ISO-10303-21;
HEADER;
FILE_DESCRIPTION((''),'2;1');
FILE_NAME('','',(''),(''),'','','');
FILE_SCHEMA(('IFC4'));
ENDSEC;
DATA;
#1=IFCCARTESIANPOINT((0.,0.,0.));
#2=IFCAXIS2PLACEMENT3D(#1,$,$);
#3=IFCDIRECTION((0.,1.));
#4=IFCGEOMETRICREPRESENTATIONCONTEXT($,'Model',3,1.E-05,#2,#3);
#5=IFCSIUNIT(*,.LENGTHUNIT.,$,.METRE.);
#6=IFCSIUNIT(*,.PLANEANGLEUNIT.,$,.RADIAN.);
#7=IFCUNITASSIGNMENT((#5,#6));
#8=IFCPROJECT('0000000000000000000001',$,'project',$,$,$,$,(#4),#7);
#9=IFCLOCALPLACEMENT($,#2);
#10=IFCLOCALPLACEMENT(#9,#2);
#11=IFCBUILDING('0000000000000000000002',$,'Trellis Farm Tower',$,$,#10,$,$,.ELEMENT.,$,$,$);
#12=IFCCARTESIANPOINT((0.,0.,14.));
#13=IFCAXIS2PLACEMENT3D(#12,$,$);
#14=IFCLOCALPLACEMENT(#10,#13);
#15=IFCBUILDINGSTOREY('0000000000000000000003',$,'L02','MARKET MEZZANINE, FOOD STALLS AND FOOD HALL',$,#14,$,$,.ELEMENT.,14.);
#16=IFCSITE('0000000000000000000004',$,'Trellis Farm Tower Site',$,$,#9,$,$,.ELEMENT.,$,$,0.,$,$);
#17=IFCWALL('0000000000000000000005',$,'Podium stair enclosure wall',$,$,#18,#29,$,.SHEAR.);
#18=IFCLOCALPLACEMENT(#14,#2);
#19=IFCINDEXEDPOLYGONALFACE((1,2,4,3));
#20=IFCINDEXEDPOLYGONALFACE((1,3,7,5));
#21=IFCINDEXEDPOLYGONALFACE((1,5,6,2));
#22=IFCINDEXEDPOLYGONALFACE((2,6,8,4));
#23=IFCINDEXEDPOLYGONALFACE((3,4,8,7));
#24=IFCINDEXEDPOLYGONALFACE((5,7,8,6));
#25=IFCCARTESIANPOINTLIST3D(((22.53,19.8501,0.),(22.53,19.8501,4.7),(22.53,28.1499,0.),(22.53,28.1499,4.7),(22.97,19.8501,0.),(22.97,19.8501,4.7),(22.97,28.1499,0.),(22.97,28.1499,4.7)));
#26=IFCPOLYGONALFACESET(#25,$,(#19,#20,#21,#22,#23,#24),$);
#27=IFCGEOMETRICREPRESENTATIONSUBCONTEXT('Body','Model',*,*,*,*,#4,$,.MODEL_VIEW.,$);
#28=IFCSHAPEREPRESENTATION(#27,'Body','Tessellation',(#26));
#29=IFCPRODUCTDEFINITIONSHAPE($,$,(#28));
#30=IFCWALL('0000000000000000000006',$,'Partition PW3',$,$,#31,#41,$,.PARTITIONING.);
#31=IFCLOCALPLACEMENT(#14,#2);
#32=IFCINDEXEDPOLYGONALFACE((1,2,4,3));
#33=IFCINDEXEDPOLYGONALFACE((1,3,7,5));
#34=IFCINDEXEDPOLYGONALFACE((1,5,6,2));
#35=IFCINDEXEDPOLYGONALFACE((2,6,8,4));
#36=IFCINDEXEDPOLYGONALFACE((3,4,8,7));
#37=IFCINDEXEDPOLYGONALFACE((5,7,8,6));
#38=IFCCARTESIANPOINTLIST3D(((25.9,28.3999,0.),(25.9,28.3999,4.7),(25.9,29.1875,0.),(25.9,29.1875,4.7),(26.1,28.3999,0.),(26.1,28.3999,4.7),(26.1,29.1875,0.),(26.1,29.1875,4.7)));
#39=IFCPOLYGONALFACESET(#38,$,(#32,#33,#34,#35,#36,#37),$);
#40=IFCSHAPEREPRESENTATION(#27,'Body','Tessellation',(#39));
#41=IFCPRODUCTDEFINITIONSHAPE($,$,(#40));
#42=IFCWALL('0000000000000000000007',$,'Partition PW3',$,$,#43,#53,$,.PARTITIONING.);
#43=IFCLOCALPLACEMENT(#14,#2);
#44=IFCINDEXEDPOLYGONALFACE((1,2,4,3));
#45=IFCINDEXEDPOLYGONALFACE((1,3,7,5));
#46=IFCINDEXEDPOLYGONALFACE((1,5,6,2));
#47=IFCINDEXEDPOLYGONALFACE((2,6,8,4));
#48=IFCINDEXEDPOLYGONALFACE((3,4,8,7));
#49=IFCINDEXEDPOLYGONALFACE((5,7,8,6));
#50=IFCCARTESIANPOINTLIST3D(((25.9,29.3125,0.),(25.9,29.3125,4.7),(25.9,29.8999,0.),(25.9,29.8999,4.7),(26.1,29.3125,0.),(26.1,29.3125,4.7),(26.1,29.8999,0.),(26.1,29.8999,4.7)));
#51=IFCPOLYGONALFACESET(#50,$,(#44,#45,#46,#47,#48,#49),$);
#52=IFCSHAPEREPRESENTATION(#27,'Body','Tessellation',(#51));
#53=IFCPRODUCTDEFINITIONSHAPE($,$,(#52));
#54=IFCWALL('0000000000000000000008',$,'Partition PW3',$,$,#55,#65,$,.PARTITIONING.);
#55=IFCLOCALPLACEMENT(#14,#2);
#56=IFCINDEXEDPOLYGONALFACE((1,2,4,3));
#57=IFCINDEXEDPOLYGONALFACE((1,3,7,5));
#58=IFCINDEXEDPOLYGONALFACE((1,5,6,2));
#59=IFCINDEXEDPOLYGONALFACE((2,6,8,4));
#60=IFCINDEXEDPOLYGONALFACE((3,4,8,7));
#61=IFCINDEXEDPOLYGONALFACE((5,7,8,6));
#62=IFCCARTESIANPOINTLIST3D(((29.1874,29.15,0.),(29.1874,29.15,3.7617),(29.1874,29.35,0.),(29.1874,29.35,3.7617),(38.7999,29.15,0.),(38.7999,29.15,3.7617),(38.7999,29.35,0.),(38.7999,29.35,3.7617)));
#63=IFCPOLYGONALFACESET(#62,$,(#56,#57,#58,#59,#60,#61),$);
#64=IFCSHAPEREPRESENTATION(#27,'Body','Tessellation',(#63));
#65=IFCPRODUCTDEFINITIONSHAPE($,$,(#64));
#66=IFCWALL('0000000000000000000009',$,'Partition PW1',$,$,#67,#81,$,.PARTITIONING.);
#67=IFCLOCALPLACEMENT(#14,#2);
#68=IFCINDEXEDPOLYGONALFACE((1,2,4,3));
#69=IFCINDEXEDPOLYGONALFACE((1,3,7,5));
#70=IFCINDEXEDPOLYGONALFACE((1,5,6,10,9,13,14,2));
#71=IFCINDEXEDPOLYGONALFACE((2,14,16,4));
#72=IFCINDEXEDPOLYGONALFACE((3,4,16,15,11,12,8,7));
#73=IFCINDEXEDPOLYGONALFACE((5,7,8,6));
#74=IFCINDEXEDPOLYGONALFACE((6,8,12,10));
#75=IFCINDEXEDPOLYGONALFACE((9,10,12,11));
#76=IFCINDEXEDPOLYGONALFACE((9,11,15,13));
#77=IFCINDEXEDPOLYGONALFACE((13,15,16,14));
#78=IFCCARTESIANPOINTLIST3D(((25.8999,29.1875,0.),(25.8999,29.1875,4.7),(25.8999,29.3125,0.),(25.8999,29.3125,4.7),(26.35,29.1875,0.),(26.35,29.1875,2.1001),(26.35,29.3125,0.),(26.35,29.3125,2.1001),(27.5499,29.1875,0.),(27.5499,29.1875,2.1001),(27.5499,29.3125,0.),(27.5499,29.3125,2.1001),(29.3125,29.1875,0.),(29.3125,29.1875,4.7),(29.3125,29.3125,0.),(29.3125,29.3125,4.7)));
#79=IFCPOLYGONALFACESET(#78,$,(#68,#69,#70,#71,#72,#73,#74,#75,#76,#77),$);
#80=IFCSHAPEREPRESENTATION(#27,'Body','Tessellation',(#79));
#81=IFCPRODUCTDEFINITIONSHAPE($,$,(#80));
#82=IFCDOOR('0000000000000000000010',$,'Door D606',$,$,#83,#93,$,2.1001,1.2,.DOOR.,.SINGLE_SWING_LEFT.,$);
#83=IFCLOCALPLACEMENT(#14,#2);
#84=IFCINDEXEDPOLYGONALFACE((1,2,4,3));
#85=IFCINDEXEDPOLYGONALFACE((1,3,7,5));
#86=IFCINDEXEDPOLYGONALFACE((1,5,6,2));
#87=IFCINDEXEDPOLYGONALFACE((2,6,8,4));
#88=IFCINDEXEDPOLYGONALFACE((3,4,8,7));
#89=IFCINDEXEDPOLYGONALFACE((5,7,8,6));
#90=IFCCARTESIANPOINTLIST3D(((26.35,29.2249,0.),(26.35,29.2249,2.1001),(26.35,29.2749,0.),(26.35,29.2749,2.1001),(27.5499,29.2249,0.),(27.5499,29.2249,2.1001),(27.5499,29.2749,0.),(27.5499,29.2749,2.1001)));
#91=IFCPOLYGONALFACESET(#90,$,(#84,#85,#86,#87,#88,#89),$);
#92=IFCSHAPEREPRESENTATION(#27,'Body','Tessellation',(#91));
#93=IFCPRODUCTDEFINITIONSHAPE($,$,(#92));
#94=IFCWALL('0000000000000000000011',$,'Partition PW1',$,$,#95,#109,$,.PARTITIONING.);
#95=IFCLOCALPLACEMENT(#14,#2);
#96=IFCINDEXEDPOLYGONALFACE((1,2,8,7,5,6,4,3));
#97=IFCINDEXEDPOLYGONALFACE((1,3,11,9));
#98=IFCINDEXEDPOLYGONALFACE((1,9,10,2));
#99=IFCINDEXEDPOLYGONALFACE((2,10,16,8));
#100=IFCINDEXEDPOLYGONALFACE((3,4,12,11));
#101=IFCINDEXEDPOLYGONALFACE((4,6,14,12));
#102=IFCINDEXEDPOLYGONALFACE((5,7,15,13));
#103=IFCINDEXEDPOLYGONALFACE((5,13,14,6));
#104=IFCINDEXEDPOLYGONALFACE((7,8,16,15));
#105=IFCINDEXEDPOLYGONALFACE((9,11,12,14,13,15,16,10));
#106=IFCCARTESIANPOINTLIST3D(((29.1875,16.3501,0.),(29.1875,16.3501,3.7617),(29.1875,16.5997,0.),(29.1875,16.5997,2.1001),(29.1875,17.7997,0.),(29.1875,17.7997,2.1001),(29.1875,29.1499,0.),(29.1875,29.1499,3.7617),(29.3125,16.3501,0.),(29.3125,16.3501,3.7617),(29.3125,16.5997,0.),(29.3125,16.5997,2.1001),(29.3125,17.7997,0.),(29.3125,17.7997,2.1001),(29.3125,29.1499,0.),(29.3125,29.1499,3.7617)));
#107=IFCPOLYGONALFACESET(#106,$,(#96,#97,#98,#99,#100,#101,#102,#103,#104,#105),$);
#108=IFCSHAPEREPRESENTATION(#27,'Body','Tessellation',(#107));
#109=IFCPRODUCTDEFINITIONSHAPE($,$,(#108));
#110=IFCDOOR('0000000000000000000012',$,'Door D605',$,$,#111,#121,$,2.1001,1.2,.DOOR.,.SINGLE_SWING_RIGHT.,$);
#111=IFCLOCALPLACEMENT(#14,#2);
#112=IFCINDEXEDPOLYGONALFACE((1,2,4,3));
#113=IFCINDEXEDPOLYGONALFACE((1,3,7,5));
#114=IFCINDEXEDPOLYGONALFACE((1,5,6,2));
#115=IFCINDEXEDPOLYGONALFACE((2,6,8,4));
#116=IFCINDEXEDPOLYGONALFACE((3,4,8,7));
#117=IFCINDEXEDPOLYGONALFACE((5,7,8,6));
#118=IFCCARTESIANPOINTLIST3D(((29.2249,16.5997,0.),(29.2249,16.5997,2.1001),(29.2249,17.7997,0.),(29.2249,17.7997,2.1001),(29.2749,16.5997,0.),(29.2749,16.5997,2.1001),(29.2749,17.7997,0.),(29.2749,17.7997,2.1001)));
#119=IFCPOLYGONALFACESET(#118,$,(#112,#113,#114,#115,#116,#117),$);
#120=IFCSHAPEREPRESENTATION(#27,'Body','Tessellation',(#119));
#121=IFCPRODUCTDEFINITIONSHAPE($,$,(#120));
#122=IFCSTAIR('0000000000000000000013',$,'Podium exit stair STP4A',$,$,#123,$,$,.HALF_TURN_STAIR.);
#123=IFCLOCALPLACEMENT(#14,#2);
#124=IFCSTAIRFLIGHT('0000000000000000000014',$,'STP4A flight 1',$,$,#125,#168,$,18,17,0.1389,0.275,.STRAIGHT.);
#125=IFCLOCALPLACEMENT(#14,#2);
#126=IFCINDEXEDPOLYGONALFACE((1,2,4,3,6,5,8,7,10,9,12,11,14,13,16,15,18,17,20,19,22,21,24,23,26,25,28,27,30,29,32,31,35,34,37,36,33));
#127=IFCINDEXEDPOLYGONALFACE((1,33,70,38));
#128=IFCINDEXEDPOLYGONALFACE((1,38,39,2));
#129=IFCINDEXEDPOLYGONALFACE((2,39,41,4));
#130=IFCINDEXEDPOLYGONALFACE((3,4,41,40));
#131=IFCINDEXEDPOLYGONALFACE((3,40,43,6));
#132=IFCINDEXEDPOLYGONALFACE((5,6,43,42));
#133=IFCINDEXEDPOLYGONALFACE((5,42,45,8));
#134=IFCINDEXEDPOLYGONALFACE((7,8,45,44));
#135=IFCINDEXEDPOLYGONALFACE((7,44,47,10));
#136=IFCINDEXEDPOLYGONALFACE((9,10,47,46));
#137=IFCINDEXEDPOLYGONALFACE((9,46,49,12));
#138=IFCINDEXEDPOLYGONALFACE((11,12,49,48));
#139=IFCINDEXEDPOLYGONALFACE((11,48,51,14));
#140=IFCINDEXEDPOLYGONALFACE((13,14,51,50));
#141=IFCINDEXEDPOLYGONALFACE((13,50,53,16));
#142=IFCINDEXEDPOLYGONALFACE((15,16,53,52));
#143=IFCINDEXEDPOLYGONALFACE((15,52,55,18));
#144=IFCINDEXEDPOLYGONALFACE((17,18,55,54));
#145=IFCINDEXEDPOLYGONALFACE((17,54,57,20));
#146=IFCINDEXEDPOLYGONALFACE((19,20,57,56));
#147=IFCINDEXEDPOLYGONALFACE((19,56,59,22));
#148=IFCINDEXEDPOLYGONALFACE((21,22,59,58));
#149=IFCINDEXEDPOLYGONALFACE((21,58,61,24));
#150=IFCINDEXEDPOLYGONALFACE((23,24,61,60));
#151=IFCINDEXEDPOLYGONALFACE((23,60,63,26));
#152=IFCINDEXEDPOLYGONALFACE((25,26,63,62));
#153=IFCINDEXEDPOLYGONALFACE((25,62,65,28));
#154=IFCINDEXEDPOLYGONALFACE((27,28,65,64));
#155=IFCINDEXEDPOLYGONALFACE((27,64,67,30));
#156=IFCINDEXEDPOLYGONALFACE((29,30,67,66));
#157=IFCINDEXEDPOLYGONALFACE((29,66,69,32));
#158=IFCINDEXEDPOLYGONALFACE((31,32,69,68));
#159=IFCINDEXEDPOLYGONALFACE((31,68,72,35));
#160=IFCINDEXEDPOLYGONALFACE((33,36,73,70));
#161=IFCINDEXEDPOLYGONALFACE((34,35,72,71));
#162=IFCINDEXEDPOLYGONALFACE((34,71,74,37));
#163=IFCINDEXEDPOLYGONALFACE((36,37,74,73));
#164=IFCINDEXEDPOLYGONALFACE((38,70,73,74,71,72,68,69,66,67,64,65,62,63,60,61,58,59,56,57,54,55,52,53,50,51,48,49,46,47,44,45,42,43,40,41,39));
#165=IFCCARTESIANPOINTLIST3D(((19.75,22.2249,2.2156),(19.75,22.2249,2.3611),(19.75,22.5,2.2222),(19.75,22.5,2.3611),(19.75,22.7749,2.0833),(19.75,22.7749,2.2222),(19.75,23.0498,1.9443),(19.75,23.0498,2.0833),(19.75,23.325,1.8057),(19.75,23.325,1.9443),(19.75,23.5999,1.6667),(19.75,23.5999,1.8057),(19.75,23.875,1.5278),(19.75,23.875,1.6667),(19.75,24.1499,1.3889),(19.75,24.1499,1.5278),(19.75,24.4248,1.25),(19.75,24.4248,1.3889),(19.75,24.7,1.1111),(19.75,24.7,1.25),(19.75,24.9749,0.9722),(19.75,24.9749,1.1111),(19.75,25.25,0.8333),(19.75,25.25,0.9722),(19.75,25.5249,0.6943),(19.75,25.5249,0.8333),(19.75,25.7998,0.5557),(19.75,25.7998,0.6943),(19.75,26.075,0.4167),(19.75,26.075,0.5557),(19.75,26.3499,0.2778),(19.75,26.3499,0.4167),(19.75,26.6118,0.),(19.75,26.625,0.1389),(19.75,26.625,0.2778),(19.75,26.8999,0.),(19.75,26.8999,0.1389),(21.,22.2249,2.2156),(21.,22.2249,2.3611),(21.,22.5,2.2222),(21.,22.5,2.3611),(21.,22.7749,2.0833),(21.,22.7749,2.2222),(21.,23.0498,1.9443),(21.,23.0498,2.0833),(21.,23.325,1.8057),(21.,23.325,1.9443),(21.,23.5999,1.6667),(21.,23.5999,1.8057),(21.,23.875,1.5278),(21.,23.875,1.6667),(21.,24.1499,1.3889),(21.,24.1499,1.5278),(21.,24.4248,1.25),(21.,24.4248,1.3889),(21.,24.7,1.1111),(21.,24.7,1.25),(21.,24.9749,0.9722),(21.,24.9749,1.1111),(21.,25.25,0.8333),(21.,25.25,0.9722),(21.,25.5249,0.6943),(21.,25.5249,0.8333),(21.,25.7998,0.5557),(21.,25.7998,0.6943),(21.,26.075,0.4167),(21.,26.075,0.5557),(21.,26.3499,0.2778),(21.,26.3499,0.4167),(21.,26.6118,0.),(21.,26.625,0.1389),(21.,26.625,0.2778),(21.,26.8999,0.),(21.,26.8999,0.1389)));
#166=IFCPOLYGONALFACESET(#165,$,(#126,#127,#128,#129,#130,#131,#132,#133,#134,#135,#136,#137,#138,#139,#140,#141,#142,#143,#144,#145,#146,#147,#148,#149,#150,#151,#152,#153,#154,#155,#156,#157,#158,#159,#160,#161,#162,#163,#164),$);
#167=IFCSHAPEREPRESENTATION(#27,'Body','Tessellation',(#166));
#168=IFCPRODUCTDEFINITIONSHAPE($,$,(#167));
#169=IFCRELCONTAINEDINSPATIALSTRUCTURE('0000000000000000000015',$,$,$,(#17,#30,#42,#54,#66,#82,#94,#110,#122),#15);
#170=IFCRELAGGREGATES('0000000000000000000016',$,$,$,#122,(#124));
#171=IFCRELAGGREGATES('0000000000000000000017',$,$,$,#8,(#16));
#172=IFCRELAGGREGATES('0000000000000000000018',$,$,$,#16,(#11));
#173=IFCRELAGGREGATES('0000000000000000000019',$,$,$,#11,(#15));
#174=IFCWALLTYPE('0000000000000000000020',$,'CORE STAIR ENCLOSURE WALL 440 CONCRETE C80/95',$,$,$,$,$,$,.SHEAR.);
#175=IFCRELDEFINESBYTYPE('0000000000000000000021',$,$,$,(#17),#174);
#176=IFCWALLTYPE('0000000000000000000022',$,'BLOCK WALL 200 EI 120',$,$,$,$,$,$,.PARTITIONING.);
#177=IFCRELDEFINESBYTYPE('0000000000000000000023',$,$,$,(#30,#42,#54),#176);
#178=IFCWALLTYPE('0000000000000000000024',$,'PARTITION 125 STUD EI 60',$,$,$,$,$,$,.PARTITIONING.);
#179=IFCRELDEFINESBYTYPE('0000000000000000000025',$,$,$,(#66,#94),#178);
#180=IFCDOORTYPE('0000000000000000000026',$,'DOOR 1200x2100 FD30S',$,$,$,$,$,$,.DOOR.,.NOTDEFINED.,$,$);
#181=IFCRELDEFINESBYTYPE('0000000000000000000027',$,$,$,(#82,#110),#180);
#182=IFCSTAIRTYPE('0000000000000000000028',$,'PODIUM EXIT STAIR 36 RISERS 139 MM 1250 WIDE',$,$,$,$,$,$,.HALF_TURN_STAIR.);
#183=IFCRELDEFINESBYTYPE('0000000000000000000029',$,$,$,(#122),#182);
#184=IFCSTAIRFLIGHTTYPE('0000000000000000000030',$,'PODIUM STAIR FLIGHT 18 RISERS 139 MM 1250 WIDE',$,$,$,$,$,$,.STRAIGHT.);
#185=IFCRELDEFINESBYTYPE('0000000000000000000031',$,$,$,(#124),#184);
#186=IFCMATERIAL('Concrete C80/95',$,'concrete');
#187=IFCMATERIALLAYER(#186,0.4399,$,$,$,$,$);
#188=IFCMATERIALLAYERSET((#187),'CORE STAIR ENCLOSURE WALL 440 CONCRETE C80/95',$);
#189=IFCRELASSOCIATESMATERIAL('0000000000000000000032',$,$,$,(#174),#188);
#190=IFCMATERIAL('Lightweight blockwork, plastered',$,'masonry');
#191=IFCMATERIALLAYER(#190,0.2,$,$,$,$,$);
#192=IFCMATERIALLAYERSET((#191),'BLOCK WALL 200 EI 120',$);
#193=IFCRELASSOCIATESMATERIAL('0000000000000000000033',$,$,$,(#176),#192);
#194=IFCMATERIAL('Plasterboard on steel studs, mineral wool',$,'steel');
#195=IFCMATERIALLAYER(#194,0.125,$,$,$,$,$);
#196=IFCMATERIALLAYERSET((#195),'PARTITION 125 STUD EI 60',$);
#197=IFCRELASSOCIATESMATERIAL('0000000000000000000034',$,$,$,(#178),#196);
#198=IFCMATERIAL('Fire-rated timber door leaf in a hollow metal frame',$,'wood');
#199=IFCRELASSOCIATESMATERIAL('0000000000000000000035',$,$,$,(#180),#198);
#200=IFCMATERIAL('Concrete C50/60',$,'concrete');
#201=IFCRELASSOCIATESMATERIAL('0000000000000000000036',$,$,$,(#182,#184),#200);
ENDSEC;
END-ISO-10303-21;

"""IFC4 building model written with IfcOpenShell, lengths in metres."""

from ifc_helpers import new_model, si_unit, direction, frame, frame_2d, origin, place, context, subcontext, project, spatial, polyline, rectangle, outline, extrude, source, transform, mapped, material, layer, layer_set, type_object, element, fill, aggregate, save


model = new_model("IFC4")

# Units and contexts
model_context = context("Model", 3, precision=1e-05, world=origin(), true_north=direction((0.0, 1.0)))
body_context = subcontext(model_context, "Body", "Model", "MODEL_VIEW")
ifc_project = project(units=[si_unit("LENGTHUNIT", "METRE"), si_unit("PLANEANGLEUNIT", "RADIAN")], contexts=[model_context])

# Site, building, storey
site_placement = place(None, origin())
site = spatial("IfcSite", under=ifc_project, at=site_placement, Name="Trellis Farm Tower Site", CompositionType="ELEMENT", RefElevation=0.0)
building_placement = place(site_placement, origin())
building = spatial("IfcBuilding", under=site, at=building_placement, Name="Trellis Farm Tower", CompositionType="ELEMENT")
storey_placement = place(building_placement, frame((0.0, 0.0, 14.0)))
storey = spatial("IfcBuildingStorey", under=building, at=storey_placement, Name="L02", Description="MARKET MEZZANINE, FOOD STALLS AND FOOD HALL", CompositionType="ELEMENT", Elevation=14.0)

# Shared definitions
ifc_material_1 = material(Name="Concrete C80/95", Category="concrete")

# Walls
ifc_layer_1 = layer(ifc_material_1, 0.4399)
ifc_layer_set_1 = layer_set([ifc_layer_1], Name="CORE STAIR ENCLOSURE WALL 440 CONCRETE C80/95")
wall_type_1 = type_object("IfcWallType", Name="CORE STAIR ENCLOSURE WALL 440 CONCRETE C80/95", PredefinedType="SHEAR", material=ifc_layer_set_1)
shared_shape_1 = source(origin(), body_context, "Body", "SweptSolid", [
    extrude(rectangle(XDim=8.2998, YDim=0.4399, at=frame_2d((4.1499, 0.0))), origin(), (0.0, 0.0, 1.0), 4.7),
])
wall_1_placement = place(storey_placement, frame((22.75, 19.8501, 0.0), z_axis=(0.0, 0.0, 1.0), x_axis=(0.0, 1.0, 0.0)))
element("IfcWall", 1, at=wall_1_placement, inside=storey, type_object=wall_type_1, Name="Podium stair enclosure wall", PredefinedType="SHEAR", context=body_context, shape_type="MappedRepresentation", body=[
    mapped(shared_shape_1, transform((0.0, 0.0, 0.0))),
])
ifc_material_2 = material(Name="Lightweight blockwork, plastered", Category="masonry")
ifc_layer_2 = layer(ifc_material_2, 0.2)
ifc_layer_set_2 = layer_set([ifc_layer_2], Name="BLOCK WALL 200 EI 120")
wall_type_2 = type_object("IfcWallType", Name="BLOCK WALL 200 EI 120", PredefinedType="PARTITIONING", material=ifc_layer_set_2)
shared_shape_2 = source(origin(), body_context, "Body", "SweptSolid", [
    extrude(rectangle(XDim=0.7876, YDim=0.2, at=frame_2d((0.3938, 0.0))), origin(), (0.0, 0.0, 1.0), 4.7),
])
wall_2_placement = place(storey_placement, frame((26.0, 28.3999, 0.0), z_axis=(0.0, 0.0, 1.0), x_axis=(0.0, 1.0, 0.0)))
element("IfcWall", 2, at=wall_2_placement, inside=storey, type_object=wall_type_2, Name="Partition PW3", PredefinedType="PARTITIONING", context=body_context, shape_type="MappedRepresentation", body=[
    mapped(shared_shape_2, transform((0.0, 0.0, 0.0))),
])
shared_shape_3 = source(origin(), body_context, "Body", "SweptSolid", [
    extrude(rectangle(XDim=0.5874, YDim=0.2, at=frame_2d((0.2937, 0.0))), origin(), (0.0, 0.0, 1.0), 4.7),
])
wall_3_placement = place(storey_placement, frame((26.0, 29.8999, 0.0), z_axis=(0.0, 0.0, 1.0), x_axis=(0.0, -1.0, 0.0)))
element("IfcWall", 3, at=wall_3_placement, inside=storey, type_object=wall_type_2, Name="Partition PW3", PredefinedType="PARTITIONING", context=body_context, shape_type="MappedRepresentation", body=[
    mapped(shared_shape_3, transform((0.0, 0.0, 0.0))),
])
shared_shape_4 = source(origin(), body_context, "Body", "SweptSolid", [
    extrude(rectangle(XDim=9.6125, YDim=0.2, at=frame_2d((4.8062, 0.0))), origin(), (0.0, 0.0, 1.0), 3.7617),
])
wall_4_placement = place(storey_placement, frame((29.1875, 29.25, 0.0), z_axis=(0.0, 0.0, 1.0), x_axis=(1.0, 0.0, 0.0)))
element("IfcWall", 4, at=wall_4_placement, inside=storey, type_object=wall_type_2, Name="Partition PW3", PredefinedType="PARTITIONING", context=body_context, shape_type="MappedRepresentation", body=[
    mapped(shared_shape_4, transform((0.0, 0.0, 0.0))),
])

# Walls, openings, doors
ifc_material_3 = material(Name="Plasterboard on steel studs, mineral wool", Category="steel")
ifc_layer_3 = layer(ifc_material_3, 0.125)
ifc_layer_set_3 = layer_set([ifc_layer_3], Name="PARTITION 125 STUD EI 60")
wall_type_3 = type_object("IfcWallType", Name="PARTITION 125 STUD EI 60", PredefinedType="PARTITIONING", material=ifc_layer_set_3)
shared_shape_5 = source(origin(), body_context, "Body", "SweptSolid", [
    extrude(rectangle(XDim=3.4126, YDim=0.125, at=frame_2d((1.7063, 0.0))), origin(), (0.0, 0.0, 1.0), 4.7),
])
wall_5_placement = place(storey_placement, frame((25.8999, 29.25, 0.0), z_axis=(0.0, 0.0, 1.0), x_axis=(1.0, 0.0, 0.0)))
wall_5 = element("IfcWall", 5, at=wall_5_placement, inside=storey, type_object=wall_type_3, Name="Partition PW1", PredefinedType="PARTITIONING", context=body_context, shape_type="MappedRepresentation", body=[
    mapped(shared_shape_5, transform((0.0, 0.0, 0.0))),
])
shared_shape_6 = source(origin(), body_context, "Body", "SweptSolid", [
    extrude(rectangle(XDim=1.2, YDim=2.1001, at=frame_2d((0.6001, 1.05))), frame((0.0, 0.0725, 0.0), z_axis=(0.0, -1.0, 0.0), x_axis=(1.0, 0.0, 0.0)), (0.0, 0.0, 1.0), 0.145),
])
opening_1_placement = place(wall_5_placement, frame((0.45, 0.0, 0.0)))
opening_1 = element("IfcOpeningElement", 6, at=opening_1_placement, cuts=wall_5, PredefinedType="OPENING", context=body_context, shape_type="MappedRepresentation", body=[
    mapped(shared_shape_6, transform((0.0, 0.0, 0.0))),
])
ifc_material_4 = material(Name="Fire-rated timber door leaf in a hollow metal frame", Category="wood")
door_type_1 = type_object("IfcDoorType", Name="DOOR 1200x2100 FD30S", OperationType="NOTDEFINED", PredefinedType="DOOR", material=ifc_material_4)
shared_shape_7 = source(origin(), body_context, "Body", "SweptSolid", [
    extrude(rectangle(XDim=1.2, YDim=2.1001, at=frame_2d((0.6001, 1.05))), frame((0.0, 0.0249, 0.0), z_axis=(0.0, -1.0, 0.0), x_axis=(1.0, 0.0, 0.0)), (0.0, 0.0, 1.0), 0.05),
])
door_1_placement = place(opening_1_placement, origin())
door_1 = element("IfcDoor", 7, at=door_1_placement, inside=storey, type_object=door_type_1, Name="Door D606", OperationType="SINGLE_SWING_LEFT", OverallHeight=2.1001, OverallWidth=1.2, PredefinedType="DOOR", context=body_context, shape_type="MappedRepresentation", body=[
    mapped(shared_shape_7, transform((0.0, 0.0, 0.0))),
])
fill(opening_1, door_1)
shared_shape_8 = source(origin(), body_context, "Body", "SweptSolid", [
    extrude(rectangle(XDim=12.7998, YDim=0.125, at=frame_2d((6.3999, 0.0))), origin(), (0.0, 0.0, 1.0), 3.7617),
])
wall_6_placement = place(storey_placement, frame((29.25, 29.1499, 0.0), z_axis=(0.0, 0.0, 1.0), x_axis=(0.0, -1.0, 0.0)))
wall_6 = element("IfcWall", 8, at=wall_6_placement, inside=storey, type_object=wall_type_3, Name="Partition PW1", PredefinedType="PARTITIONING", context=body_context, shape_type="MappedRepresentation", body=[
    mapped(shared_shape_8, transform((0.0, 0.0, 0.0))),
])
opening_2_placement = place(wall_6_placement, frame((11.3501, 0.0, 0.0)))
opening_2 = element("IfcOpeningElement", 9, at=opening_2_placement, cuts=wall_6, PredefinedType="OPENING", context=body_context, shape_type="MappedRepresentation", body=[
    mapped(shared_shape_6, transform((0.0, 0.0, 0.0))),
])
door_2_placement = place(opening_2_placement, origin())
door_2 = element("IfcDoor", 10, at=door_2_placement, inside=storey, type_object=door_type_1, Name="Door D605", OperationType="SINGLE_SWING_RIGHT", OverallHeight=2.1001, OverallWidth=1.2, PredefinedType="DOOR", context=body_context, shape_type="MappedRepresentation", body=[
    mapped(shared_shape_7, transform((0.0, 0.0, 0.0))),
])
fill(opening_2, door_2)

# Stair, stair flight
ifc_material_5 = material(Name="Concrete C50/60", Category="concrete")
stair_type = type_object("IfcStairType", Name="PODIUM EXIT STAIR 36 RISERS 139 MM 1250 WIDE", PredefinedType="HALF_TURN_STAIR", material=ifc_material_5)
placement = place(storey_placement, origin())
stair_1 = element("IfcStair", 11, at=placement, inside=storey, type_object=stair_type, Name="Podium exit stair STP4A", PredefinedType="HALF_TURN_STAIR")
stair_flight_type = type_object("IfcStairFlightType", Name="PODIUM STAIR FLIGHT 18 RISERS 139 MM 1250 WIDE", PredefinedType="STRAIGHT", material=ifc_material_5)
shared_shape_9 = source(origin(), body_context, "Body", "SweptSolid", [
    extrude(outline(polyline([(0.0, 0.0), (0.0, 0.1389), (0.2749, 0.1389), (0.2749, 0.2778), (0.55, 0.2778), (0.55, 0.4167), (0.825, 0.4167), (0.825, 0.5557), (1.1001, 0.5557), (1.1001, 0.6943), (1.375, 0.6943), (1.375, 0.8333), (1.6499, 0.8333), (1.6499, 0.9722), (1.925, 0.9722), (1.925, 1.1111), (2.2, 1.1111), (2.2, 1.25), (2.4751, 1.25), (2.4751, 1.3889), (2.75, 1.3889), (2.75, 1.5278), (3.0249, 1.5278), (3.0249, 1.6667), (3.3, 1.6667), (3.3, 1.8057), (3.575, 1.8057), (3.575, 1.9443), (3.8501, 1.9443), (3.8501, 2.0833), (4.125, 2.0833), (4.125, 2.2222), (4.3999, 2.2222), (4.3999, 2.3611), (4.675, 2.3611), (4.675, 2.5), (4.675, 2.2156), (0.2881, 0.0), (0.0, 0.0)])), frame((0.0, 0.625, 0.0), z_axis=(0.0, -1.0, 0.0), x_axis=(1.0, 0.0, 0.0)), (0.0, 0.0, 1.0), 1.25),
])
stair_flight_1_placement = place(storey_placement, frame((20.375, 26.8999, 0.0), z_axis=(0.0, 0.0, 1.0), x_axis=(0.0, -1.0, 0.0)))
stair_flight_1 = element("IfcStairFlight", 12, at=stair_flight_1_placement, type_object=stair_flight_type, Name="STP4A flight 1", NumberOfRisers=18, NumberOfTreads=17, PredefinedType="STRAIGHT", RiserHeight=0.1389, TreadLength=0.275, context=body_context, shape_type="MappedRepresentation", body=[
    mapped(shared_shape_9, transform((0.0, 0.0, 0.0))),
])
aggregate(stair_1, [stair_flight_1])

save(model, "model.ifc")
